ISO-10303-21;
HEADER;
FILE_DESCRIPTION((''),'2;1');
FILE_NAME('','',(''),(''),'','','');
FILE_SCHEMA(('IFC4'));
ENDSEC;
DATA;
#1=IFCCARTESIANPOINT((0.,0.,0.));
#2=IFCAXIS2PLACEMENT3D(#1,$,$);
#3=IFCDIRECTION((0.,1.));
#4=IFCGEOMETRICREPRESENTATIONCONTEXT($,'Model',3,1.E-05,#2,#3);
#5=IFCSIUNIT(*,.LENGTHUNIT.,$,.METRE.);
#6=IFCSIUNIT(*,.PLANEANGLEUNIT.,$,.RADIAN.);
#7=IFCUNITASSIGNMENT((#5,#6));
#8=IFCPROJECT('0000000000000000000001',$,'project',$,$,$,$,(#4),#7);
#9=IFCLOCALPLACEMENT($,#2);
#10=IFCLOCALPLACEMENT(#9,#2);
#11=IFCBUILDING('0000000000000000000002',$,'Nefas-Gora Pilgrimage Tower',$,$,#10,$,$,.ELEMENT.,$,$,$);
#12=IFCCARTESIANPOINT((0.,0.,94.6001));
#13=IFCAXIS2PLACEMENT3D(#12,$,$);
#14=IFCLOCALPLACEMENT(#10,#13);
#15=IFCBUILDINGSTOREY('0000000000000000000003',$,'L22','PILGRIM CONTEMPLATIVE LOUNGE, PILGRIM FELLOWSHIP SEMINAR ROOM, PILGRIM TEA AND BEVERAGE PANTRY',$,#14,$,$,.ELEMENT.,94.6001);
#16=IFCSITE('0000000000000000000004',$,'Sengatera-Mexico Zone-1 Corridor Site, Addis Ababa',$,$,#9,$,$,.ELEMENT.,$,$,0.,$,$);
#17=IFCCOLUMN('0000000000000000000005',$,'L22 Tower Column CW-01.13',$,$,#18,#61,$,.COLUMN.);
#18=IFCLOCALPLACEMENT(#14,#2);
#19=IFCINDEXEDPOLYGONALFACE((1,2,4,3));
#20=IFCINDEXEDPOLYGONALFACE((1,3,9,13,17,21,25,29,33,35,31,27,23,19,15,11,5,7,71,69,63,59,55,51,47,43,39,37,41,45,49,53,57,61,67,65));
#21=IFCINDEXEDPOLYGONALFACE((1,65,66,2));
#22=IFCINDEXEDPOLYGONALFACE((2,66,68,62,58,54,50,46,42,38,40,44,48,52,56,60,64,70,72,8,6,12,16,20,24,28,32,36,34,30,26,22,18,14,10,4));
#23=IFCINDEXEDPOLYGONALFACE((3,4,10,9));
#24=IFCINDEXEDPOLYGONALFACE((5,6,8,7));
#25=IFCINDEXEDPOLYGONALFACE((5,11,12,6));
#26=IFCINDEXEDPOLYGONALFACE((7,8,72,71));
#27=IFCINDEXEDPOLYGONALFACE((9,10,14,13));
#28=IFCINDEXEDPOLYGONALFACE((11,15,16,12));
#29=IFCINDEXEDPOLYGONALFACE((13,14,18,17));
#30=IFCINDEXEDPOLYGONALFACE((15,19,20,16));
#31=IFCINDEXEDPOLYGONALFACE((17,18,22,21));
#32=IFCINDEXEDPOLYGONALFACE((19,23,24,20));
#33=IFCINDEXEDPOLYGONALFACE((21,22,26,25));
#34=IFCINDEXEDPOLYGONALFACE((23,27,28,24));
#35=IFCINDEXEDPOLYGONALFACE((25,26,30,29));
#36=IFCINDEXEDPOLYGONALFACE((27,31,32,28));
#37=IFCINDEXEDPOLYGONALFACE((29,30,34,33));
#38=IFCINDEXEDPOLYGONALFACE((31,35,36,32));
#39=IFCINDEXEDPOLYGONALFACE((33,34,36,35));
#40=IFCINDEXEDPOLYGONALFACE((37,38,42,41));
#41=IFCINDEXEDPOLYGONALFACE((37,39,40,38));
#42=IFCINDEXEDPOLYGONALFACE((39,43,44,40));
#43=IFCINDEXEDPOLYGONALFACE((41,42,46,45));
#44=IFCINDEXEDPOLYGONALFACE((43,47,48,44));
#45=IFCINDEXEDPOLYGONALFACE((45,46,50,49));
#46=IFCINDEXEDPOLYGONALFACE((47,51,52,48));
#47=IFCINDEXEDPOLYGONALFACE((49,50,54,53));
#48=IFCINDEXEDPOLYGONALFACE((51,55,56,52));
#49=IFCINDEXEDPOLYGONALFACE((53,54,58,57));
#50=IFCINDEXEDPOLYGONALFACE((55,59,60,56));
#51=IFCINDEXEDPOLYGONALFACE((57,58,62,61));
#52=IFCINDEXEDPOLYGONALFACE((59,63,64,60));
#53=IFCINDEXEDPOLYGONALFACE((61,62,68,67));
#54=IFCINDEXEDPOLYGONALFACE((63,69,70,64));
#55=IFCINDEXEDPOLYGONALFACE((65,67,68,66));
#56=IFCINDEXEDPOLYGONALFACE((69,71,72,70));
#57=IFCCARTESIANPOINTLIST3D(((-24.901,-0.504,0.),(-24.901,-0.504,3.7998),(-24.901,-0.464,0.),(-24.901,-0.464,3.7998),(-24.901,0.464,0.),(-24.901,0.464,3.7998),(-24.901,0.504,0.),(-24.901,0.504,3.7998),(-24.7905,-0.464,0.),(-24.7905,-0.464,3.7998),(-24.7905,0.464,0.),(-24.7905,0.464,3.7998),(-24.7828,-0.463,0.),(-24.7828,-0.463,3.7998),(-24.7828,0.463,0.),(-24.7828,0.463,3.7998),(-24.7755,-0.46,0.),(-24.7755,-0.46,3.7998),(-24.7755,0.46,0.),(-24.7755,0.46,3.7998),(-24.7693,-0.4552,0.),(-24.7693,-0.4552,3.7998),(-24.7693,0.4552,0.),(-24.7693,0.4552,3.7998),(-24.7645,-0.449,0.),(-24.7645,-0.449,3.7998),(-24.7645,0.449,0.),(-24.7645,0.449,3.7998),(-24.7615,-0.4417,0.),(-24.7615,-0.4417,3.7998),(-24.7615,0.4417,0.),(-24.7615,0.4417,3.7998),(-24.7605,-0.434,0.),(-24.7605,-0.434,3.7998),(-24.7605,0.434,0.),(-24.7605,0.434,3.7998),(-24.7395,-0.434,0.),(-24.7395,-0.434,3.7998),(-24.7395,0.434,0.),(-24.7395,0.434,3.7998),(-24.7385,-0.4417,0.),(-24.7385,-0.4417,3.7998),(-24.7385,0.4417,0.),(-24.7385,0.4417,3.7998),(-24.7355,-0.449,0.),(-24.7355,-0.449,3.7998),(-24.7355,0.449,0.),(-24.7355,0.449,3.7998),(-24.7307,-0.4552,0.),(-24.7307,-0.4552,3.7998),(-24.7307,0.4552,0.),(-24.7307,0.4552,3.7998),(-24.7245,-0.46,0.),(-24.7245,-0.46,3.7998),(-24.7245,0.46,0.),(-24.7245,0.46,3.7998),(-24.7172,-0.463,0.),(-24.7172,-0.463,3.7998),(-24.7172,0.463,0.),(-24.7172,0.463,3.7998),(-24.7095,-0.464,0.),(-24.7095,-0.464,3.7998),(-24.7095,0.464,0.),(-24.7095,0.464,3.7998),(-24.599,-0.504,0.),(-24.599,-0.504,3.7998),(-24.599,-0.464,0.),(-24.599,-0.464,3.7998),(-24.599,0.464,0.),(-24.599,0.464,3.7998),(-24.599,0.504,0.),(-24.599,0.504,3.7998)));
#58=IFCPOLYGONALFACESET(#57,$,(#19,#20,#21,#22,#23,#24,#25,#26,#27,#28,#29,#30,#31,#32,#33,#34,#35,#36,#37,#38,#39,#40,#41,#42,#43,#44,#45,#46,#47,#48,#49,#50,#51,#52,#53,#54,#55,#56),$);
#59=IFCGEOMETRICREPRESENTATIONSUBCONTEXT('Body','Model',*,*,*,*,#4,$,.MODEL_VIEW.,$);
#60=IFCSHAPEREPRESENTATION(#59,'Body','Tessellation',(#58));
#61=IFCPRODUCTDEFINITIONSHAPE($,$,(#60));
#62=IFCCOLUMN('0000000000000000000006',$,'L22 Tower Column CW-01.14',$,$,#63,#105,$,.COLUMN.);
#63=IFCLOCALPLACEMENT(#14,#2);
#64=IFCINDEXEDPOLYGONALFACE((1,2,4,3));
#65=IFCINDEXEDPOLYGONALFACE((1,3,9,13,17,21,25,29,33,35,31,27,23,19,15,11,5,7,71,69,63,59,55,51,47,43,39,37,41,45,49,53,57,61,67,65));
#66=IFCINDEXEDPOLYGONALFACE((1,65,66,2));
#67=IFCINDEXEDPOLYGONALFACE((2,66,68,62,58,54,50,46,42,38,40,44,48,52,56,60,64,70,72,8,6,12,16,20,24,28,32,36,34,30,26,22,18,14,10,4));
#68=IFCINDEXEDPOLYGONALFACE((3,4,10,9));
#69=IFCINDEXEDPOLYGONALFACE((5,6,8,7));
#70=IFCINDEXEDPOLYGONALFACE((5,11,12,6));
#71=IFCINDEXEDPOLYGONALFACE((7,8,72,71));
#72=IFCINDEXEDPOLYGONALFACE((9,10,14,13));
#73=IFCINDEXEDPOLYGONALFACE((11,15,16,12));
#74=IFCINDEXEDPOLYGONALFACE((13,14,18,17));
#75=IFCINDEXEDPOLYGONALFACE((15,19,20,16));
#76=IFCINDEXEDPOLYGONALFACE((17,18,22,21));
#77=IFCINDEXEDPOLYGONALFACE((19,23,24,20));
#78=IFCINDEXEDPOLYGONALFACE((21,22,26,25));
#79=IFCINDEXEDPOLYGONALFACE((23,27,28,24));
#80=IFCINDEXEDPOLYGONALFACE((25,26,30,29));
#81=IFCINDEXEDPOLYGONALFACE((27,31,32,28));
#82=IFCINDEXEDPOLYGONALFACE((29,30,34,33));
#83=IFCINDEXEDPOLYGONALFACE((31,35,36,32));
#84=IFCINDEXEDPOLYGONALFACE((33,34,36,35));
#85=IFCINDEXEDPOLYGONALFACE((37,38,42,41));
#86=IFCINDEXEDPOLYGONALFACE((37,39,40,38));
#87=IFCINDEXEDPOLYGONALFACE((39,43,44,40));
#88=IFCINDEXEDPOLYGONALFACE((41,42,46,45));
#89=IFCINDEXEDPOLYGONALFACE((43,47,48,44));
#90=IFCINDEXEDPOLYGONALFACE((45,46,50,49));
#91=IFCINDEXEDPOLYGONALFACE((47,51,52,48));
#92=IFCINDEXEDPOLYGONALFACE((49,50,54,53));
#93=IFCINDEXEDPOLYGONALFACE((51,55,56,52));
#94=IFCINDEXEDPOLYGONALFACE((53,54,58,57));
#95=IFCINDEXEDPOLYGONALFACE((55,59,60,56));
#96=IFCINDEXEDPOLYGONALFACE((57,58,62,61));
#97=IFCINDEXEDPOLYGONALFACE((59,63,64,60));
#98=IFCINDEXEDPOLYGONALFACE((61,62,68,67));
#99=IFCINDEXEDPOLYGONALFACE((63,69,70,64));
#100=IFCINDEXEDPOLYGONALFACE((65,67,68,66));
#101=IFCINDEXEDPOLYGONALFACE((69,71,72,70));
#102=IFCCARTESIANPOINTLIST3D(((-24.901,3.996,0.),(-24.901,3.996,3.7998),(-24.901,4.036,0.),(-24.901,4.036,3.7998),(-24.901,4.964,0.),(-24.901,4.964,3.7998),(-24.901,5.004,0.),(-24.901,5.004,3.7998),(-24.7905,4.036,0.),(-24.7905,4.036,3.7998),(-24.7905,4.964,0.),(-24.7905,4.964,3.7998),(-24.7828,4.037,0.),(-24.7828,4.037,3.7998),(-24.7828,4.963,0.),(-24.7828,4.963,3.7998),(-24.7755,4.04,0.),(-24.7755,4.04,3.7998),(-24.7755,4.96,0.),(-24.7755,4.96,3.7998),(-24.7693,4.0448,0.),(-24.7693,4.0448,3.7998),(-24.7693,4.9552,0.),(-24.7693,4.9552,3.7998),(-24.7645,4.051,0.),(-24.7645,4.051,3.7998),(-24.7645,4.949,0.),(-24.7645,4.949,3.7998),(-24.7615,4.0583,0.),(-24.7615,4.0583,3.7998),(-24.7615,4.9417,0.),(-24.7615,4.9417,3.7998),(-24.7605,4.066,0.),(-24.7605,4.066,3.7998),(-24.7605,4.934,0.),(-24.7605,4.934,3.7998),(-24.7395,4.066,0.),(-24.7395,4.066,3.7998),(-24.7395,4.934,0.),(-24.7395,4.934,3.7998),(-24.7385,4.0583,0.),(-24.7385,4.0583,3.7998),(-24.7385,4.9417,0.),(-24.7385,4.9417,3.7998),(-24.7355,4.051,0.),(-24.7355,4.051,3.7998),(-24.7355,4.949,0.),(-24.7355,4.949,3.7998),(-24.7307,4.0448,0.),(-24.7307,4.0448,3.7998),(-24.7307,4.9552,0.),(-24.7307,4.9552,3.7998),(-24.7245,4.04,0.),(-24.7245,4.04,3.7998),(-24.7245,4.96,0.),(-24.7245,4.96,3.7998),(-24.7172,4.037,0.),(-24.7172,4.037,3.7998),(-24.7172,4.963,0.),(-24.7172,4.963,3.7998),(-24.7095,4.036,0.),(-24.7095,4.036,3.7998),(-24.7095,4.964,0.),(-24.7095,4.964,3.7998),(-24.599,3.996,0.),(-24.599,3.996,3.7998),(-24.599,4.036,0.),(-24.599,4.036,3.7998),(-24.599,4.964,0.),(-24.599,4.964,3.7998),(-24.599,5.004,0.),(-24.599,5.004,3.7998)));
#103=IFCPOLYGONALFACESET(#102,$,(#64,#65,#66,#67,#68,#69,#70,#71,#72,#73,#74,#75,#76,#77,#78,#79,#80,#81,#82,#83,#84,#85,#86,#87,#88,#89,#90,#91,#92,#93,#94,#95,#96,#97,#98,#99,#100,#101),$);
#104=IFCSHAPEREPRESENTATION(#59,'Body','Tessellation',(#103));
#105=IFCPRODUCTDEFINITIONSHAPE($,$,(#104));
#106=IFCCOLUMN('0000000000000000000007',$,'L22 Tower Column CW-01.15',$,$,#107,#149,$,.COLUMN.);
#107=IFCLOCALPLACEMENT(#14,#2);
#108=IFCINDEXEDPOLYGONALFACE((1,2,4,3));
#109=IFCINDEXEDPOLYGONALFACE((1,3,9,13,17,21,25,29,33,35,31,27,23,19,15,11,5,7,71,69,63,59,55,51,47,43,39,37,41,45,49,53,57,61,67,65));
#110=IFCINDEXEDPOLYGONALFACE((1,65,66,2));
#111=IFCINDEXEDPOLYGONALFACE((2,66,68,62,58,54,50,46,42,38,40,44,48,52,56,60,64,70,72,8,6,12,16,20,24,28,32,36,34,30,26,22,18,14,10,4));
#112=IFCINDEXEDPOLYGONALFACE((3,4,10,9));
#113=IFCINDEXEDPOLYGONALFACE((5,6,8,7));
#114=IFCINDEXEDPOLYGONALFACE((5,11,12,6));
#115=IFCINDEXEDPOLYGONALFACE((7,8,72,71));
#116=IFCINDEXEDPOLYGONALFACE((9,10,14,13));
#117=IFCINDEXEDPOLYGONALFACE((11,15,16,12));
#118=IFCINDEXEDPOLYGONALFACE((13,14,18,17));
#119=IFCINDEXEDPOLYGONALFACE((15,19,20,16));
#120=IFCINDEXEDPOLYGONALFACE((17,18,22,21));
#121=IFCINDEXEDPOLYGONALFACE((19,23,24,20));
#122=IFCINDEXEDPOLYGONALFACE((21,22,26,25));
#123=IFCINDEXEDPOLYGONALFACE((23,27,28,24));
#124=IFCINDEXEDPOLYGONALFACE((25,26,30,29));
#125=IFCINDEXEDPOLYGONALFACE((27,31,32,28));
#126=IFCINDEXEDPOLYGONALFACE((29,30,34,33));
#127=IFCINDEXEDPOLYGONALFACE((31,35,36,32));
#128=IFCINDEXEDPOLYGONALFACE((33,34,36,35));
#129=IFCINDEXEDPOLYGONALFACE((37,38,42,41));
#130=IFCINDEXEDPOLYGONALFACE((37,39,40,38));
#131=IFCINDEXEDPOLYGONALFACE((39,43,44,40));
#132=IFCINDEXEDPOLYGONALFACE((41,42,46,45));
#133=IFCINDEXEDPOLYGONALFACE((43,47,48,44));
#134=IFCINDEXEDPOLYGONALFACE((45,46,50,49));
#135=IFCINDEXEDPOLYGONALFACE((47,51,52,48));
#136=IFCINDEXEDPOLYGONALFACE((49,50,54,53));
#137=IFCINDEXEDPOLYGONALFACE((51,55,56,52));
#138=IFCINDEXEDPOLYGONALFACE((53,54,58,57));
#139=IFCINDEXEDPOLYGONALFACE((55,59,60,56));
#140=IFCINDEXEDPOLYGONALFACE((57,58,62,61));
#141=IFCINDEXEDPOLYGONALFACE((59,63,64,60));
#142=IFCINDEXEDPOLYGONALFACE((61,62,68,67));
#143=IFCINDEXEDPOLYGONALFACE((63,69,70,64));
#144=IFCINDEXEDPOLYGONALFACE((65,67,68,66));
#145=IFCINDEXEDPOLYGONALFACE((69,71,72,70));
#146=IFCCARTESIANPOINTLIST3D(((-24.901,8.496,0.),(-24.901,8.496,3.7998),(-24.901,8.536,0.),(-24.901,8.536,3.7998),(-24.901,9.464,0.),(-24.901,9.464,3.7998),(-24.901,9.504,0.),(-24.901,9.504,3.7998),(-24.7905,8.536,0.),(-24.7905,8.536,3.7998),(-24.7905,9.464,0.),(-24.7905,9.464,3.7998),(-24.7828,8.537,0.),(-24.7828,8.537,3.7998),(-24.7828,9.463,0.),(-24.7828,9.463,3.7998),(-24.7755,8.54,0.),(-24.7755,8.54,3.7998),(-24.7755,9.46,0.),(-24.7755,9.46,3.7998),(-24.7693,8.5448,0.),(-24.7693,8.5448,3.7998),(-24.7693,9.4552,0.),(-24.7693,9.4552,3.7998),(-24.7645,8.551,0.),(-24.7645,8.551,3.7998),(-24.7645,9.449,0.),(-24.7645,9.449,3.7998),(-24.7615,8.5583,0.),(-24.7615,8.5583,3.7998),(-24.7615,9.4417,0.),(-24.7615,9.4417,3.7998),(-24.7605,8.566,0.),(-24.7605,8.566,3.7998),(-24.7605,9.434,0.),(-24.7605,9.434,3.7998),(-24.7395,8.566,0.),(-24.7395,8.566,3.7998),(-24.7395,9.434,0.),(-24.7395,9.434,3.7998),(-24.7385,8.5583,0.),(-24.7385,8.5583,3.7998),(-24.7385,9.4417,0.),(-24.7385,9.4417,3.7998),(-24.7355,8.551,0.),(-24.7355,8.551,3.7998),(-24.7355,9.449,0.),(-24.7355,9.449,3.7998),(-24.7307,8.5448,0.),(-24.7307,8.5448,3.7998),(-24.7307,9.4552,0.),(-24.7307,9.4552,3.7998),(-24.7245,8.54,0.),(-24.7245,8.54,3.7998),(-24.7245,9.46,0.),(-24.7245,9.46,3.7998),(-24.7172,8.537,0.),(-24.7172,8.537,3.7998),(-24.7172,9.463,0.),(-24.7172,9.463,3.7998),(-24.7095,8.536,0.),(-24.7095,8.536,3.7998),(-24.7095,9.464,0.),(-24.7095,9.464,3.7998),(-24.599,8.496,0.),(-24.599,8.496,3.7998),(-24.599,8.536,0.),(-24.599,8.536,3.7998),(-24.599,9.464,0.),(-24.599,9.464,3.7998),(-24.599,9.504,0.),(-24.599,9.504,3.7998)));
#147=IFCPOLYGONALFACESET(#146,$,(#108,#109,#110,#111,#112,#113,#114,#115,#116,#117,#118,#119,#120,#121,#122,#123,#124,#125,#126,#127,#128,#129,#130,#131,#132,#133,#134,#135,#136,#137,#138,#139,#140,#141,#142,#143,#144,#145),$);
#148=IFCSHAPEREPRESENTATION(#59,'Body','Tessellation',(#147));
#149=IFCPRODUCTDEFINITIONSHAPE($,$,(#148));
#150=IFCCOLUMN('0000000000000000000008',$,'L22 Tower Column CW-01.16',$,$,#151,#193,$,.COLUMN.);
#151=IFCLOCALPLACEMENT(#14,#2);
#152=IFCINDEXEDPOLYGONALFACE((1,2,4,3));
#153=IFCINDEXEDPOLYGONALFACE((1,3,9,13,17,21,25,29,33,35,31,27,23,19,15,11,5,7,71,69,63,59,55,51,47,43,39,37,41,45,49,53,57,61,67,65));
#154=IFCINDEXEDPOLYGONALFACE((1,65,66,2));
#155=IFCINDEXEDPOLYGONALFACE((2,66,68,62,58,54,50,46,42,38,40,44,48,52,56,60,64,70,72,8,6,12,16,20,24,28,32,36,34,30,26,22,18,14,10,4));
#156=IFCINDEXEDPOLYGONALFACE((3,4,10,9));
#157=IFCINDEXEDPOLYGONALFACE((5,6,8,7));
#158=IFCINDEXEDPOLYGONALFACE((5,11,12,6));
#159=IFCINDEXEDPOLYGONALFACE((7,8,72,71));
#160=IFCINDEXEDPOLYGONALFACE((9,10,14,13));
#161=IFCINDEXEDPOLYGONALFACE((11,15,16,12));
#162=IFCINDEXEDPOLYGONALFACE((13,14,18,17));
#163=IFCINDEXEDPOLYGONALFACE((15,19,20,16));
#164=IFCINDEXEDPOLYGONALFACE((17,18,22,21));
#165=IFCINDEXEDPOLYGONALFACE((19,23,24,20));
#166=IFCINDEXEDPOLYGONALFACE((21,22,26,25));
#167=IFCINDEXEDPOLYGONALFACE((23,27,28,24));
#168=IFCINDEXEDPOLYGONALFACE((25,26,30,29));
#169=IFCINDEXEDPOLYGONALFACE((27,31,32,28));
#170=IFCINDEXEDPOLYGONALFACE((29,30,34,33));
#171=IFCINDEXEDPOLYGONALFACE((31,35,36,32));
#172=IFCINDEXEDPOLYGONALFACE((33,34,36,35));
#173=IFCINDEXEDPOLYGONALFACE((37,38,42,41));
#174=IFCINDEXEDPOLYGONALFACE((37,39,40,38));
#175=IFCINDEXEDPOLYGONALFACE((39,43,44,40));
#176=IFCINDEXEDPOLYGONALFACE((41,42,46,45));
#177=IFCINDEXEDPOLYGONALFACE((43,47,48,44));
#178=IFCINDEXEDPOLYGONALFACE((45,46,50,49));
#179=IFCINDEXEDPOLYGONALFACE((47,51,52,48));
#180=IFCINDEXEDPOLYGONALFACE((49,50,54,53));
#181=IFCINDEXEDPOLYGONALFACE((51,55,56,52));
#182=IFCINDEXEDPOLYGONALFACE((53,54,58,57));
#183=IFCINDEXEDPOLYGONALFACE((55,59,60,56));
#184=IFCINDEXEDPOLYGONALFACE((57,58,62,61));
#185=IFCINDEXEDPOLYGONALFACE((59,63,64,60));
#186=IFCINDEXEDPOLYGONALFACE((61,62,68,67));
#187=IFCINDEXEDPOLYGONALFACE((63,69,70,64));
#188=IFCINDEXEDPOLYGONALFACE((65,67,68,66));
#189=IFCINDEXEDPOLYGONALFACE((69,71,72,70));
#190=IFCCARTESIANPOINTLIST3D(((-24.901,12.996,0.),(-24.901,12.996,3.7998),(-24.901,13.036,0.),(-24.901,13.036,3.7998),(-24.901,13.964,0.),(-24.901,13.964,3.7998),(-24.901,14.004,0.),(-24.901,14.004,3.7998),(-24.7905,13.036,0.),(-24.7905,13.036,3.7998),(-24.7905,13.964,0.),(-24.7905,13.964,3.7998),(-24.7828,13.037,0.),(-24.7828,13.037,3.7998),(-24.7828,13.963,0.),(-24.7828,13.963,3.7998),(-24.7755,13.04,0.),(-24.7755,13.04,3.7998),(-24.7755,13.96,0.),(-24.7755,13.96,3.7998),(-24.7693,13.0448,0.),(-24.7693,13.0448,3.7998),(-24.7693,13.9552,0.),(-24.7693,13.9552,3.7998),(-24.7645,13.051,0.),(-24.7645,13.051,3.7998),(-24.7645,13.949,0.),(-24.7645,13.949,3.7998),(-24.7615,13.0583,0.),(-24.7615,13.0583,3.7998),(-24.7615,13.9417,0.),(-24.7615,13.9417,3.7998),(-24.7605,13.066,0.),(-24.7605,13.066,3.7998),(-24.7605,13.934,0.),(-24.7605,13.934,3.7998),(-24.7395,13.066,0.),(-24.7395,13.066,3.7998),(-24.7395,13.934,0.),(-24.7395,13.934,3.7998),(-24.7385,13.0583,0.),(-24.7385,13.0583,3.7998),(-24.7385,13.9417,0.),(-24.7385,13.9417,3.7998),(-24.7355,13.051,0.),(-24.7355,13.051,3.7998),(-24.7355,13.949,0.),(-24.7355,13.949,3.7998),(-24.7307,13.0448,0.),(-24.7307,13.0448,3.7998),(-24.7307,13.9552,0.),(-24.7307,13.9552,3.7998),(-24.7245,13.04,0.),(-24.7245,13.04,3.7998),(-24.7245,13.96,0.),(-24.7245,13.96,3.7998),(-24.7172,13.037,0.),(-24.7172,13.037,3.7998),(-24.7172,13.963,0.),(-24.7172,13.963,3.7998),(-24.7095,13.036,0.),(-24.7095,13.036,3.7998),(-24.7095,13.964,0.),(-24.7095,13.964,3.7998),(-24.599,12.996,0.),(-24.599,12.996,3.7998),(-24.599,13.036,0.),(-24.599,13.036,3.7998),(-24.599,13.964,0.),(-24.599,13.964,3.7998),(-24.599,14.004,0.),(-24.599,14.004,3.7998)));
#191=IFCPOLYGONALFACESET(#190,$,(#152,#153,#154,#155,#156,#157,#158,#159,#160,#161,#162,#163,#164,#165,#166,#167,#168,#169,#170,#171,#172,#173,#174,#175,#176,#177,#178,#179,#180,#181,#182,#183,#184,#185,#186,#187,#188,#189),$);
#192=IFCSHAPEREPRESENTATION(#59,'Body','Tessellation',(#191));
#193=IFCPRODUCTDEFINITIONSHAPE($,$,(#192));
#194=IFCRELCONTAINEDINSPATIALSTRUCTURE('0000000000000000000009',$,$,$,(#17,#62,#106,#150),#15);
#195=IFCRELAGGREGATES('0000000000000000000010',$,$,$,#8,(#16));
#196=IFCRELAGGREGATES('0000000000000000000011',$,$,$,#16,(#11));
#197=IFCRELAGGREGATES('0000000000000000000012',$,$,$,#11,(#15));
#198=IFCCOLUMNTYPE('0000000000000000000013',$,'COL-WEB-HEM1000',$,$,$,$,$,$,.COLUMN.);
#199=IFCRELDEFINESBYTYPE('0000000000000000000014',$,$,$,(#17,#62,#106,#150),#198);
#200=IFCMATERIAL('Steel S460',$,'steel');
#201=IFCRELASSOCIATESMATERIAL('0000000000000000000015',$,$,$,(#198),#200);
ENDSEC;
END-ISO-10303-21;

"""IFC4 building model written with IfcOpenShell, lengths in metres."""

from ifc_helpers import new_model, si_unit, direction, frame, origin, origin_2d, place, context, subcontext, project, spatial, i_section, extrude, source, transform, mapped, material, material_profile, profile_set, type_object, element, save


model = new_model("IFC4")

# Units and contexts
model_context = context("Model", 3, precision=1e-05, world=origin(), true_north=direction((0.0, 1.0)))
body_context = subcontext(model_context, "Body", "Model", "MODEL_VIEW")
ifc_project = project(units=[si_unit("LENGTHUNIT", "METRE"), si_unit("PLANEANGLEUNIT", "RADIAN")], contexts=[model_context])

# Site, building, storey
site_placement = place(None, origin())
site = spatial("IfcSite", under=ifc_project, at=site_placement, Name="Sengatera-Mexico Zone-1 Corridor Site, Addis Ababa", CompositionType="ELEMENT", RefElevation=0.0)
building_placement = place(site_placement, origin())
building = spatial("IfcBuilding", under=site, at=building_placement, Name="Nefas-Gora Pilgrimage Tower", CompositionType="ELEMENT")
storey_placement = place(building_placement, frame((0.0, 0.0, 94.6001)))
storey = spatial("IfcBuildingStorey", under=building, at=storey_placement, Name="L22", Description="PILGRIM CONTEMPLATIVE LOUNGE, PILGRIM FELLOWSHIP SEMINAR ROOM, PILGRIM TEA AND BEVERAGE PANTRY", CompositionType="ELEMENT", Elevation=94.6001)

# Columns
ifc_material_1 = material(Name="Steel S460", Category="steel")
ifc_material_profile_1 = material_profile(ifc_material_1, i_section(OverallWidth=0.302, OverallDepth=1.0081, WebThickness=0.021, FlangeThickness=0.04, FilletRadius=0.03, at=origin_2d()), Name="HEM 1000")
ifc_profile_set_1 = profile_set([ifc_material_profile_1], Name="Steel S460")
column_type_1 = type_object("IfcColumnType", Name="COL-WEB-HEM1000", PredefinedType="COLUMN", material=ifc_profile_set_1)
shared_shape_1 = source(origin(), body_context, "Body", "SweptSolid", [
    extrude(i_section(OverallWidth=0.302, OverallDepth=1.0081, WebThickness=0.021, FlangeThickness=0.04, FilletRadius=0.03, at=origin_2d()), origin(), (0.0, 0.0, 1.0), 3.7998),
])
for number, where, z_axis, x_axis, name in (
    (1, (-24.75, 0.0, 0.0), (0.0, 0.0, 1.0), (1.0, 0.0, 0.0), "L22 Tower Column CW-01.13"),
    (2, (-24.75, 4.5, 0.0), (0.0, 0.0, 1.0), (1.0, 0.0, 0.0), "L22 Tower Column CW-01.14"),
    (3, (-24.75, 9.0, 0.0), (0.0, 0.0, 1.0), (1.0, 0.0, 0.0), "L22 Tower Column CW-01.15"),
    (4, (-24.75, 13.5, 0.0), (0.0, 0.0, 1.0), (1.0, 0.0, 0.0), "L22 Tower Column CW-01.16"),
):
    element("IfcColumn", number, at=place(storey_placement, frame(where, z_axis=z_axis, x_axis=x_axis)), inside=storey, type_object=column_type_1, Name=name, PredefinedType="COLUMN", context=body_context, shape_type="MappedRepresentation", body=[
        mapped(shared_shape_1, transform((0.0, 0.0, 0.0), x_axis=(1.0, 0.0, 0.0), y_axis=(0.0, 1.0, 0.0), z_axis=(0.0, 0.0, 1.0), scale=1.0)),
    ])

save(model, "model.ifc")
